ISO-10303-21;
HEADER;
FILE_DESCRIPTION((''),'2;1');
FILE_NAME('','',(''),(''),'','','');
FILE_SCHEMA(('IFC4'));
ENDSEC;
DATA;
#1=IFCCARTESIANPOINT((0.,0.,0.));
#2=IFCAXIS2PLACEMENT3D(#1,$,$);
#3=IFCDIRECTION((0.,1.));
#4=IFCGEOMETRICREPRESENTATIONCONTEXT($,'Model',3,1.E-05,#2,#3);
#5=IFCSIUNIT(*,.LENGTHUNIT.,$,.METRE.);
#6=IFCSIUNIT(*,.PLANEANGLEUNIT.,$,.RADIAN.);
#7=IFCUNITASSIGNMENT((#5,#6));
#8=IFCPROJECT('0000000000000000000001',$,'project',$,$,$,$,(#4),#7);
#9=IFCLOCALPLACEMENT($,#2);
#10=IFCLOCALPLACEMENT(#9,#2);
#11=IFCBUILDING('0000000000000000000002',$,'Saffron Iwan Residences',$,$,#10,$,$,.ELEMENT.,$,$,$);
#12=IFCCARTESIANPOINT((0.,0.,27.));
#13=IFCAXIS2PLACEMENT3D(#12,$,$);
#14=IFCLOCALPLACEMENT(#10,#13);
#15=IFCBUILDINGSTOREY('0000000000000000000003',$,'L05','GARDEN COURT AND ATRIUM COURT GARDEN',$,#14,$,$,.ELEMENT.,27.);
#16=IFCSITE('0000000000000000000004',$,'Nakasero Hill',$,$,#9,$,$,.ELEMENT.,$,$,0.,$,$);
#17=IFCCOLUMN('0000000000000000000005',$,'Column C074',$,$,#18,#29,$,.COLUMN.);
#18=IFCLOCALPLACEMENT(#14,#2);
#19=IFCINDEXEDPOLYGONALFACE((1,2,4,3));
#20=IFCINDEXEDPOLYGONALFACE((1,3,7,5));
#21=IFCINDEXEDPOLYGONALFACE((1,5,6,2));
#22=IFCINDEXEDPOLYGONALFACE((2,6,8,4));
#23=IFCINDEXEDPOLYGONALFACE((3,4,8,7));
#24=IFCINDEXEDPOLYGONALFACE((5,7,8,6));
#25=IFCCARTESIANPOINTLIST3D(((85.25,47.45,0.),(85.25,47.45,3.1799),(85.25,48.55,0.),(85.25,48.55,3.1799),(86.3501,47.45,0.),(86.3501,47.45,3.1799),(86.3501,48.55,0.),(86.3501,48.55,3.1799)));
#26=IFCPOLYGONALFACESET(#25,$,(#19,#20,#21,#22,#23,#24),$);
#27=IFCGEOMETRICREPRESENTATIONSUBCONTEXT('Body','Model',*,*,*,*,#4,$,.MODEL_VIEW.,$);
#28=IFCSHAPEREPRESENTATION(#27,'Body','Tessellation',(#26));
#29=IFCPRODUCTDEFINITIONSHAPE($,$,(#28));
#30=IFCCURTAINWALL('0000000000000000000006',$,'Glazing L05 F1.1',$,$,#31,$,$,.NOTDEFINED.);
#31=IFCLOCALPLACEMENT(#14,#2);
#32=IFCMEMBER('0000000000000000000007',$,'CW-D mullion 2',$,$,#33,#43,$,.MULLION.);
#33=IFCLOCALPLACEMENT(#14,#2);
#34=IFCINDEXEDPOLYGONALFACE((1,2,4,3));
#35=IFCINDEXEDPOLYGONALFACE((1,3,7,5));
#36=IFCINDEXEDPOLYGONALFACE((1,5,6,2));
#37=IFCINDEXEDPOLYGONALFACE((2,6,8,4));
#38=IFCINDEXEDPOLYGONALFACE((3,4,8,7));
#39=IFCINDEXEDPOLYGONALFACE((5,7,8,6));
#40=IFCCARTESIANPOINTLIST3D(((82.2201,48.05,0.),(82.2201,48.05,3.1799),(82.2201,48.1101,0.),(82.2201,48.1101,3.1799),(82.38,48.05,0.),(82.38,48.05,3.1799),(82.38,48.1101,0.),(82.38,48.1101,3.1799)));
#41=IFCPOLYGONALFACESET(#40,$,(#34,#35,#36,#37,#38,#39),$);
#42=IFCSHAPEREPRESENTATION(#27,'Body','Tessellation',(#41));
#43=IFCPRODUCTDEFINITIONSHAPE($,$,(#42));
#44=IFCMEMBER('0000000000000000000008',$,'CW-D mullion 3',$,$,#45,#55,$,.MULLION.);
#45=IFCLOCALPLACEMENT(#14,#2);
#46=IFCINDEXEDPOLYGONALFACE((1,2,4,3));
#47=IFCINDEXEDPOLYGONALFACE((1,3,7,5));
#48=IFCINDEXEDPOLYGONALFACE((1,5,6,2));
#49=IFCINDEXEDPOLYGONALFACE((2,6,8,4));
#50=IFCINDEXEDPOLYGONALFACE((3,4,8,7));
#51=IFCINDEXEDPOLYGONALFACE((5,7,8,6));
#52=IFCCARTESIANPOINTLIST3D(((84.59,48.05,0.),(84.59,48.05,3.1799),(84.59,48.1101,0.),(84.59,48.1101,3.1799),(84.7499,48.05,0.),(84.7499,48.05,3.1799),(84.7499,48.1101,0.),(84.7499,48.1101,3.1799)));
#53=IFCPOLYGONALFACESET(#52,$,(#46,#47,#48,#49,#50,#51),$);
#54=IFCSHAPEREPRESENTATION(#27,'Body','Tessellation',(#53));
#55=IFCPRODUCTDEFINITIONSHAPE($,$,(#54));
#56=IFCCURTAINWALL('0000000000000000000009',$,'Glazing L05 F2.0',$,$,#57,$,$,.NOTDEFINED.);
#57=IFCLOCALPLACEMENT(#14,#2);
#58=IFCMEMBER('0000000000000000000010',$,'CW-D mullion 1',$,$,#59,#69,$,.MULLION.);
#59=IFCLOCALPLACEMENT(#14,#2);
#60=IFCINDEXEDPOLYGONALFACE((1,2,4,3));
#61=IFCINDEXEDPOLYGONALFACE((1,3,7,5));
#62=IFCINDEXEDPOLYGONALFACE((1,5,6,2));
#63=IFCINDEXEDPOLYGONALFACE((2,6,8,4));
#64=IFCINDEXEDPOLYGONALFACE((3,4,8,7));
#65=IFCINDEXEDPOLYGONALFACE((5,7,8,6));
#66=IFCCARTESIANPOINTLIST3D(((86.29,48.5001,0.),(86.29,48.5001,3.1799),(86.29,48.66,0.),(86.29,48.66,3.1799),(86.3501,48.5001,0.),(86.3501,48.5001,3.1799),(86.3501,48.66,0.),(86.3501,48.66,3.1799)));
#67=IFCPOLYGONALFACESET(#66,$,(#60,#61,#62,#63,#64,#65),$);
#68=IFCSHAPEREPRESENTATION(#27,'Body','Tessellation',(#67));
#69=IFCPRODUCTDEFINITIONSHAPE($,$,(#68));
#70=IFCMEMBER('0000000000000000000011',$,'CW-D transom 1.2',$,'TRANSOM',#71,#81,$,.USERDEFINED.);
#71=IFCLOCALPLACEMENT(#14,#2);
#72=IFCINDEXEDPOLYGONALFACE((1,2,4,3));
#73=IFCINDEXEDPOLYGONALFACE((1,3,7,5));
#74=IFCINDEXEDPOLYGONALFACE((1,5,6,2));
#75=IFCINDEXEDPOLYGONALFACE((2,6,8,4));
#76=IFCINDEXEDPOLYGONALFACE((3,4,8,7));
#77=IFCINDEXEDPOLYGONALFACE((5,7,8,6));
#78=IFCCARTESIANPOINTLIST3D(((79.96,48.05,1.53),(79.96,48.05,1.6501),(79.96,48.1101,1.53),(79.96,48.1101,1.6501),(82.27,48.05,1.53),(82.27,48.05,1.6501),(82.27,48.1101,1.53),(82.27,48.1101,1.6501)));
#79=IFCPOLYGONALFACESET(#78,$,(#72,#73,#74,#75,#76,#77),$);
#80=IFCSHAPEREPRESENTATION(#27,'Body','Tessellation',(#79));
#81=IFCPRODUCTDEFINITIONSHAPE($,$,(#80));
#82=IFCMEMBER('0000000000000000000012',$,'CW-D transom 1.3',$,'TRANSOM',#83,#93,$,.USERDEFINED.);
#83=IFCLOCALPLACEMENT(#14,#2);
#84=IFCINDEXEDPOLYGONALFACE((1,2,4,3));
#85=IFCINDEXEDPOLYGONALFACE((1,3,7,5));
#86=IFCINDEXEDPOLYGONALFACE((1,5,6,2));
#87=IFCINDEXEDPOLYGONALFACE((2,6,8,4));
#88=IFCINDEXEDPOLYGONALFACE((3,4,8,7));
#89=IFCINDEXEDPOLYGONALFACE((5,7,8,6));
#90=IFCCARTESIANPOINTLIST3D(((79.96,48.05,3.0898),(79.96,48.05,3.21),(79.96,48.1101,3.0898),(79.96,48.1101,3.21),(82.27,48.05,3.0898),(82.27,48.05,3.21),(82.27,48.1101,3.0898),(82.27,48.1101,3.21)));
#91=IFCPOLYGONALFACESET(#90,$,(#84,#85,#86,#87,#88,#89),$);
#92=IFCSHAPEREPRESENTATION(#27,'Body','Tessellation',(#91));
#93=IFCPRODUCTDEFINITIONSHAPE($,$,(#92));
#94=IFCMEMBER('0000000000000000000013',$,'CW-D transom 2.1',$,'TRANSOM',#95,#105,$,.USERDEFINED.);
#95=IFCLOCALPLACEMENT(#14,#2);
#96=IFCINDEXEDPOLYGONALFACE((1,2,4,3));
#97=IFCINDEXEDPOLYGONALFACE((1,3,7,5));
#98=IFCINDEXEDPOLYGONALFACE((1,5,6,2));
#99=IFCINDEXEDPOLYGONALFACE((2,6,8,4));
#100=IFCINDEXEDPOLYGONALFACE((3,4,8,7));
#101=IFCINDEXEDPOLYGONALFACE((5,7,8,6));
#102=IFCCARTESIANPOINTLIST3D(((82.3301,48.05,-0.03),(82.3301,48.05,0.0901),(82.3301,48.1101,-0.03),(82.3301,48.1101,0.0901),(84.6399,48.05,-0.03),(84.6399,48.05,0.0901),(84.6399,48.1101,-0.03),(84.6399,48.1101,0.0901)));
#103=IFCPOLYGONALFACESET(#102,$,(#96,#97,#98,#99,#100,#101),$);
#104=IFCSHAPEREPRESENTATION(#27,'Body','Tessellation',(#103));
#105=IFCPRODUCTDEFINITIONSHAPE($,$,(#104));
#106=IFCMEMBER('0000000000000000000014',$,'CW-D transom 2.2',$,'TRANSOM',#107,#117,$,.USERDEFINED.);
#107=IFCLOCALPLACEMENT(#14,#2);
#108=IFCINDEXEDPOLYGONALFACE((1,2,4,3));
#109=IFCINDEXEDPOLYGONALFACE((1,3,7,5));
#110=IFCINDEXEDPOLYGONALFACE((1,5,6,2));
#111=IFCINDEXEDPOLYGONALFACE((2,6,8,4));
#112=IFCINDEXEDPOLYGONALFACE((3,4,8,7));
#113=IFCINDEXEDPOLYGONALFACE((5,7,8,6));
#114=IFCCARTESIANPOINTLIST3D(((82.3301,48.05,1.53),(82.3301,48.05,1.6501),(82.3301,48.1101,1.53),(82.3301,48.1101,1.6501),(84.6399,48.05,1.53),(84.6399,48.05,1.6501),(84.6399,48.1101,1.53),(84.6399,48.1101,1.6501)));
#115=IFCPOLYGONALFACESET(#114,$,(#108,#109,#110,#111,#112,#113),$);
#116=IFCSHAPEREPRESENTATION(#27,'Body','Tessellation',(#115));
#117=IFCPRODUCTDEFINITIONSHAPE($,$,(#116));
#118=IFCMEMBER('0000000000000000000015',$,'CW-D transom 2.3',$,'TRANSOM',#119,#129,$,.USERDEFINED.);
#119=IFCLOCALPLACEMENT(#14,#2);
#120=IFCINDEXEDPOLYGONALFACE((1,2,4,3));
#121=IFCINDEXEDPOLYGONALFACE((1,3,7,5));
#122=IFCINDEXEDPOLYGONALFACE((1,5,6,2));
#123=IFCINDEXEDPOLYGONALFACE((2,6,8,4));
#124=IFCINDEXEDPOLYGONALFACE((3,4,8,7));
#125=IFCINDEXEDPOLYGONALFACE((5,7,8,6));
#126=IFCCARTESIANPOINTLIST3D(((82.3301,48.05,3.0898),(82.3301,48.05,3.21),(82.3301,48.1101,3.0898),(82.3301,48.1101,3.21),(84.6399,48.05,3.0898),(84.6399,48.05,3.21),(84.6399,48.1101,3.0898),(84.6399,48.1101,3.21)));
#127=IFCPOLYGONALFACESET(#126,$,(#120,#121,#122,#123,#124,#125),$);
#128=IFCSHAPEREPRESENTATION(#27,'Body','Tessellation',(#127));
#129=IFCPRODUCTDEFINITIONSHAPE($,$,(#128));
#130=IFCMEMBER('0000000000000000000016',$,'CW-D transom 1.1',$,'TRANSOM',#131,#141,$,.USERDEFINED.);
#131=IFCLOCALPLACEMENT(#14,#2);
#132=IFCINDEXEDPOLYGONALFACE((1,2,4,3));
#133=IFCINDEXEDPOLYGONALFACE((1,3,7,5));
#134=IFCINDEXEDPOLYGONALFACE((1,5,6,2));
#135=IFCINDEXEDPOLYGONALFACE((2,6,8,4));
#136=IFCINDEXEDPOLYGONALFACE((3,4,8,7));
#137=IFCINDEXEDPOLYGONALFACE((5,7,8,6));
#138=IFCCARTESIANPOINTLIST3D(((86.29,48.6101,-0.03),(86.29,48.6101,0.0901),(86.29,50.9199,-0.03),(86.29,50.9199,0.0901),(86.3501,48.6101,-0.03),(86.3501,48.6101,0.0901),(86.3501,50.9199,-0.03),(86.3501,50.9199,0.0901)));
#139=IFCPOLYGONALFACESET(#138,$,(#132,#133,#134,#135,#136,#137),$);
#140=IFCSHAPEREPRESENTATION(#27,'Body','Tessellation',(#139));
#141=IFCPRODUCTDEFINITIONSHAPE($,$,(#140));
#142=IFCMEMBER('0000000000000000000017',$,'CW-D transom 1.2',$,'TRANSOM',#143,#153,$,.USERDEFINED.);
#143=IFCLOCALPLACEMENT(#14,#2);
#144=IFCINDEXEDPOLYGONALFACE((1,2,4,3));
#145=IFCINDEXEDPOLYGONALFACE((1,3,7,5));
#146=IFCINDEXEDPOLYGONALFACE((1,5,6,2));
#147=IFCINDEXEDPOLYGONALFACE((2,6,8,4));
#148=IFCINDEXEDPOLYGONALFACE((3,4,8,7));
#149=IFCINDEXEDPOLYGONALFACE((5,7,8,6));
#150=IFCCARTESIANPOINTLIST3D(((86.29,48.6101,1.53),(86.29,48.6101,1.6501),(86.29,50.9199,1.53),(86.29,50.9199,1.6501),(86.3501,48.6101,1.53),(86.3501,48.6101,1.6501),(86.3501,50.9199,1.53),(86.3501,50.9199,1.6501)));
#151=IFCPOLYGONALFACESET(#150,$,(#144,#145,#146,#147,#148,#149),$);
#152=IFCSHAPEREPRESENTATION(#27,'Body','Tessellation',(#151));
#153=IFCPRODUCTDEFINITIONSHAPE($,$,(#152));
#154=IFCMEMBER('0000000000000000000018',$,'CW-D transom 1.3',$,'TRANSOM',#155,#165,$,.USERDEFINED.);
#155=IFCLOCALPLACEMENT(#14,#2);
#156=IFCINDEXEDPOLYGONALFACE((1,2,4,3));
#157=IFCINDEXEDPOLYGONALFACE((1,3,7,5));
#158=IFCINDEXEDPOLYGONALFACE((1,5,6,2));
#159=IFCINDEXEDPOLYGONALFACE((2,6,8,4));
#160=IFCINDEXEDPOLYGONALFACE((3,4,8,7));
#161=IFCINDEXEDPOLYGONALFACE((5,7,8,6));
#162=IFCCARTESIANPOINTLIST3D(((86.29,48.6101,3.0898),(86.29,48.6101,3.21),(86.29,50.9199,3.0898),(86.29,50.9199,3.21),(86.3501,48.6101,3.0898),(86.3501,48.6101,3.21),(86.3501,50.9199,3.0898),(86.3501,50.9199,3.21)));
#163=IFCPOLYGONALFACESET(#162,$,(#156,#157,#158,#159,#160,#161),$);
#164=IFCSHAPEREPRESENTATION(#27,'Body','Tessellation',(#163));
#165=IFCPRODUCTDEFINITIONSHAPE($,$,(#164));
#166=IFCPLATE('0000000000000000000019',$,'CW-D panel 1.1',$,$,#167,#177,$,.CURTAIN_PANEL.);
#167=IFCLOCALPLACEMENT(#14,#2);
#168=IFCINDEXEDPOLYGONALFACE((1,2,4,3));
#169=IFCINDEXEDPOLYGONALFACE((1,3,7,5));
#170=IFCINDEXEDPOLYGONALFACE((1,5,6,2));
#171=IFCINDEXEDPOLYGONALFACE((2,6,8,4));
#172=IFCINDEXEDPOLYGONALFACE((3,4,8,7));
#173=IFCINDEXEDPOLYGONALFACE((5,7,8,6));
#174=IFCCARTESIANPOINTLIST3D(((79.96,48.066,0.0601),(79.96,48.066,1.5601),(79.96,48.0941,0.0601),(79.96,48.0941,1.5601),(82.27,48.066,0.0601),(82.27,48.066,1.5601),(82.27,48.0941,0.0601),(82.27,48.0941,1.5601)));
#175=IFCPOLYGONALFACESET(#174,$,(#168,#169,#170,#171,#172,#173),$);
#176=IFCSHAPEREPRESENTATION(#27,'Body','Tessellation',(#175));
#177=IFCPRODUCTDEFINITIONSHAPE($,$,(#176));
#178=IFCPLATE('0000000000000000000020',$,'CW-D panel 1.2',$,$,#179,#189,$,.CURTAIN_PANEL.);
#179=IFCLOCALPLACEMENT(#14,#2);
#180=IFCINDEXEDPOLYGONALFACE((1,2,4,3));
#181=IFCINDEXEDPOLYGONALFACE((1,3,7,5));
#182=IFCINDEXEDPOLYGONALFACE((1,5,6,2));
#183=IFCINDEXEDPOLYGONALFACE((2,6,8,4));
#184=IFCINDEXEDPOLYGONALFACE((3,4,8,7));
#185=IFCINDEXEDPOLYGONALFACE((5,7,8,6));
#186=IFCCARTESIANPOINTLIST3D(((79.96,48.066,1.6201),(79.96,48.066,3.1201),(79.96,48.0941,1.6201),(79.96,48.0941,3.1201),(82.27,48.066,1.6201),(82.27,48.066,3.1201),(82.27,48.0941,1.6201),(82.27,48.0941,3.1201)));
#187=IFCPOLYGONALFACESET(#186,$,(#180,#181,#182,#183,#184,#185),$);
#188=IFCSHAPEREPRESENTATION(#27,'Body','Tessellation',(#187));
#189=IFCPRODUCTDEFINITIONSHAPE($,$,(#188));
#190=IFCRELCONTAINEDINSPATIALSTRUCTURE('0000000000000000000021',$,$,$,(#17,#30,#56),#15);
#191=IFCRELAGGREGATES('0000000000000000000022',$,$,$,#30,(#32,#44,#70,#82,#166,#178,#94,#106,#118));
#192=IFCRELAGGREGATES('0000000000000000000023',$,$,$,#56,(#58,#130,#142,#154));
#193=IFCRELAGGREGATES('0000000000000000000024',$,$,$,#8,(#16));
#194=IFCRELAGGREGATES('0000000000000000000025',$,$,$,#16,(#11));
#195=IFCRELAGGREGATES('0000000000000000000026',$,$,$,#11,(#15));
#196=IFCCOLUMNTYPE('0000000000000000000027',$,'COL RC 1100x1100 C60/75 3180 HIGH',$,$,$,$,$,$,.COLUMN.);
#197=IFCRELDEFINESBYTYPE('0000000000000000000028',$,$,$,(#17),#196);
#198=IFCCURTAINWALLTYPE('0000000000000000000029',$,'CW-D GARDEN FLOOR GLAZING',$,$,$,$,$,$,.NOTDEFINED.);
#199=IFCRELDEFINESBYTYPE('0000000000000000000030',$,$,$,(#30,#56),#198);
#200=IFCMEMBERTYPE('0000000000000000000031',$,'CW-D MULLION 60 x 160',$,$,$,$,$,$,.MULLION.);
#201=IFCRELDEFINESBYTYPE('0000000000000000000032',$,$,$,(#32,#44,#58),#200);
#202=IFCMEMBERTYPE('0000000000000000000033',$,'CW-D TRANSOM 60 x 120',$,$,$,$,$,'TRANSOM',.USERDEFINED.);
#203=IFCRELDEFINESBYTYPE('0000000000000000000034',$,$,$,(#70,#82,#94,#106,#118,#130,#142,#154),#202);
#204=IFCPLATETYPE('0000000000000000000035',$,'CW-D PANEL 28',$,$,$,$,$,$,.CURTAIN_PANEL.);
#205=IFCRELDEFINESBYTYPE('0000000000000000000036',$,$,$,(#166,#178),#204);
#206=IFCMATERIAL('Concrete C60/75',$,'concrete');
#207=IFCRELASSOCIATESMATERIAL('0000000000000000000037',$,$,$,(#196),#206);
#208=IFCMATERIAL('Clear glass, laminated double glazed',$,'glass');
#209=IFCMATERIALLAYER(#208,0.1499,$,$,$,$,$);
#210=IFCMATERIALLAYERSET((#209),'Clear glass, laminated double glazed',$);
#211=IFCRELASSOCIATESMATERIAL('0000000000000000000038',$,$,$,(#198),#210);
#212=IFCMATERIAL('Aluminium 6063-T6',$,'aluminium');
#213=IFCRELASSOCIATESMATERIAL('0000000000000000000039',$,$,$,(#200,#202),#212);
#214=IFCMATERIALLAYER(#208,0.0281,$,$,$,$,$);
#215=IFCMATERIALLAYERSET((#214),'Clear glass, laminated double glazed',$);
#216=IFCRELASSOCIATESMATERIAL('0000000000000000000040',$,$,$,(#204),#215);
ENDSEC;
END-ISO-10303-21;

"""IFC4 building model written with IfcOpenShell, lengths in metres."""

from ifc_helpers import new_model, si_unit, direction, frame, origin, origin_2d, place, context, subcontext, project, spatial, rectangle, extrude, source, transform, mapped, material, layer, layer_set, material_profile, profile_set, type_object, element, aggregate, save


model = new_model("IFC4")

# Units and contexts
model_context = context("Model", 3, precision=1e-05, world=origin(), true_north=direction((0.0, 1.0)))
body_context = subcontext(model_context, "Body", "Model", "MODEL_VIEW")
ifc_project = project(units=[si_unit("LENGTHUNIT", "METRE"), si_unit("PLANEANGLEUNIT", "RADIAN")], contexts=[model_context])

# Site, building, storey
site_placement = place(None, origin())
site = spatial("IfcSite", under=ifc_project, at=site_placement, Name="Nakasero Hill", CompositionType="ELEMENT", RefElevation=0.0)
building_placement = place(site_placement, origin())
building = spatial("IfcBuilding", under=site, at=building_placement, Name="Saffron Iwan Residences", CompositionType="ELEMENT")
storey_placement = place(building_placement, frame((0.0, 0.0, 27.0)))
storey = spatial("IfcBuildingStorey", under=building, at=storey_placement, Name="L05", Description="GARDEN COURT AND ATRIUM COURT GARDEN", CompositionType="ELEMENT", Elevation=27.0)

# Column
ifc_material_1 = material(Name="Concrete C60/75", Category="concrete")
ifc_material_profile_1 = material_profile(ifc_material_1, rectangle(XDim=1.1001, YDim=1.1001, at=origin_2d()), Name="RC 1100x1100")
ifc_profile_set_1 = profile_set([ifc_material_profile_1], Name="Concrete C60/75")
column_type = type_object("IfcColumnType", Name="COL RC 1100x1100 C60/75 3180 HIGH", PredefinedType="COLUMN", material=ifc_profile_set_1)
shared_shape_1 = source(origin(), body_context, "Body", "SweptSolid", [
    extrude(rectangle(XDim=1.1001, YDim=1.1001, at=origin_2d()), origin(), (0.0, 0.0, 1.0), 3.1799),
])
column_placement = place(storey_placement, frame((85.8, 48.0, 0.0), z_axis=(0.0, 0.0, 1.0), x_axis=(1.0, 0.0, 0.0)))
element("IfcColumn", 1, at=column_placement, inside=storey, type_object=column_type, Name="Column C074", PredefinedType="COLUMN", context=body_context, shape_type="MappedRepresentation", body=[
    mapped(shared_shape_1, transform((0.0, 0.0, 0.0))),
])

# Curtain wall, members
ifc_material_2 = material(Name="Clear glass, laminated double glazed", Category="glass")
ifc_layer_1 = layer(ifc_material_2, 0.1499)
ifc_layer_set_1 = layer_set([ifc_layer_1], Name="Clear glass, laminated double glazed")
curtain_wall_type = type_object("IfcCurtainWallType", Name="CW-D GARDEN FLOOR GLAZING", PredefinedType="NOTDEFINED", material=ifc_layer_set_1)
curtain_wall_1_placement = place(storey_placement, origin())
curtain_wall_1 = element("IfcCurtainWall", 2, at=curtain_wall_1_placement, inside=storey, type_object=curtain_wall_type, Name="Glazing L05 F1.1", PredefinedType="NOTDEFINED")
ifc_material_3 = material(Name="Aluminium 6063-T6", Category="aluminium")
ifc_material_profile_2 = material_profile(ifc_material_3, rectangle(XDim=0.0601, YDim=0.1599, at=origin_2d()), Name="CW-D MULLION 60 x 160")
ifc_profile_set_2 = profile_set([ifc_material_profile_2], Name="Aluminium 6063-T6")
member_type_1 = type_object("IfcMemberType", Name="CW-D MULLION 60 x 160", PredefinedType="MULLION", material=ifc_profile_set_2)
shared_shape_2 = source(origin(), body_context, "Body", "SweptSolid", [
    extrude(rectangle(XDim=0.0601, YDim=0.1599, at=origin_2d()), origin(), (0.0, 0.0, 1.0), 3.1799),
])
member_1_placement = place(storey_placement, frame((82.3, 48.0801, 0.0), z_axis=(0.0, 0.0, 1.0), x_axis=(0.0, 1.0, 0.0)))
member_1 = element("IfcMember", 3, at=member_1_placement, type_object=member_type_1, Name="CW-D mullion 2", PredefinedType="MULLION", context=body_context, shape_type="MappedRepresentation", body=[
    mapped(shared_shape_2, transform((0.0, 0.0, 0.0))),
])
member_2_placement = place(storey_placement, frame((84.6699, 48.0801, 0.0), z_axis=(0.0, 0.0, 1.0), x_axis=(0.0, 1.0, 0.0)))
member_2 = element("IfcMember", 4, at=member_2_placement, type_object=member_type_1, Name="CW-D mullion 3", PredefinedType="MULLION", context=body_context, shape_type="MappedRepresentation", body=[
    mapped(shared_shape_2, transform((0.0, 0.0, 0.0))),
])

# Curtain wall, member
curtain_wall_2_placement = place(storey_placement, origin())
curtain_wall_2 = element("IfcCurtainWall", 5, at=curtain_wall_2_placement, inside=storey, type_object=curtain_wall_type, Name="Glazing L05 F2.0", PredefinedType="NOTDEFINED")
member_3_placement = place(storey_placement, frame((86.3201, 48.5801, 0.0), z_axis=(0.0, 0.0, 1.0), x_axis=(-1.0, 0.0, 0.0)))
member_3 = element("IfcMember", 6, at=member_3_placement, type_object=member_type_1, Name="CW-D mullion 1", PredefinedType="MULLION", context=body_context, shape_type="MappedRepresentation", body=[
    mapped(shared_shape_2, transform((0.0, 0.0, 0.0))),
])

# Members
ifc_material_profile_3 = material_profile(ifc_material_3, rectangle(XDim=0.0601, YDim=0.1201, at=origin_2d()), Name="CW-D TRANSOM 60 x 120")
ifc_profile_set_3 = profile_set([ifc_material_profile_3], Name="Aluminium 6063-T6")
member_type_2 = type_object("IfcMemberType", Name="CW-D TRANSOM 60 x 120", ElementType="TRANSOM", PredefinedType="USERDEFINED", material=ifc_profile_set_3)
shared_shape_3 = source(origin(), body_context, "Body", "SweptSolid", [
    extrude(rectangle(XDim=0.0601, YDim=0.1201, at=origin_2d()), origin(), (0.0, 0.0, 1.0), 2.3101),
])
member_4_placement = place(storey_placement, frame((79.96, 48.0801, 1.5901), z_axis=(1.0, 0.0, 0.0), x_axis=(0.0, 1.0, 0.0)))
member_4 = element("IfcMember", 7, at=member_4_placement, type_object=member_type_2, Name="CW-D transom 1.2", ObjectType="TRANSOM", PredefinedType="USERDEFINED", context=body_context, shape_type="MappedRepresentation", body=[
    mapped(shared_shape_3, transform((0.0, 0.0, 0.0))),
])
member_5_placement = place(storey_placement, frame((79.96, 48.0801, 3.1499), z_axis=(1.0, 0.0, 0.0), x_axis=(0.0, 1.0, 0.0)))
member_5 = element("IfcMember", 8, at=member_5_placement, type_object=member_type_2, Name="CW-D transom 1.3", ObjectType="TRANSOM", PredefinedType="USERDEFINED", context=body_context, shape_type="MappedRepresentation", body=[
    mapped(shared_shape_3, transform((0.0, 0.0, 0.0))),
])
shared_shape_4 = source(origin(), body_context, "Body", "SweptSolid", [
    extrude(rectangle(XDim=0.0601, YDim=0.1201, at=origin_2d()), origin(), (0.0, 0.0, 1.0), 2.3098),
])
member_6_placement = place(storey_placement, frame((82.3301, 48.0801, 0.03), z_axis=(1.0, 0.0, 0.0), x_axis=(0.0, 1.0, 0.0)))
member_6 = element("IfcMember", 9, at=member_6_placement, type_object=member_type_2, Name="CW-D transom 2.1", ObjectType="TRANSOM", PredefinedType="USERDEFINED", context=body_context, shape_type="MappedRepresentation", body=[
    mapped(shared_shape_4, transform((0.0, 0.0, 0.0))),
])
member_7_placement = place(storey_placement, frame((82.3301, 48.0801, 1.5901), z_axis=(1.0, 0.0, 0.0), x_axis=(0.0, 1.0, 0.0)))
member_7 = element("IfcMember", 10, at=member_7_placement, type_object=member_type_2, Name="CW-D transom 2.2", ObjectType="TRANSOM", PredefinedType="USERDEFINED", context=body_context, shape_type="MappedRepresentation", body=[
    mapped(shared_shape_4, transform((0.0, 0.0, 0.0))),
])
member_8_placement = place(storey_placement, frame((82.3301, 48.0801, 3.1499), z_axis=(1.0, 0.0, 0.0), x_axis=(0.0, 1.0, 0.0)))
member_8 = element("IfcMember", 11, at=member_8_placement, type_object=member_type_2, Name="CW-D transom 2.3", ObjectType="TRANSOM", PredefinedType="USERDEFINED", context=body_context, shape_type="MappedRepresentation", body=[
    mapped(shared_shape_4, transform((0.0, 0.0, 0.0))),
])
member_9_placement = place(storey_placement, frame((86.3201, 48.6101, 0.03), z_axis=(0.0, 1.0, 0.0), x_axis=(-1.0, 0.0, 0.0)))
member_9 = element("IfcMember", 12, at=member_9_placement, type_object=member_type_2, Name="CW-D transom 1.1", ObjectType="TRANSOM", PredefinedType="USERDEFINED", context=body_context, shape_type="MappedRepresentation", body=[
    mapped(shared_shape_4, transform((0.0, 0.0, 0.0))),
])
member_10_placement = place(storey_placement, frame((86.3201, 48.6101, 1.5901), z_axis=(0.0, 1.0, 0.0), x_axis=(-1.0, 0.0, 0.0)))
member_10 = element("IfcMember", 13, at=member_10_placement, type_object=member_type_2, Name="CW-D transom 1.2", ObjectType="TRANSOM", PredefinedType="USERDEFINED", context=body_context, shape_type="MappedRepresentation", body=[
    mapped(shared_shape_4, transform((0.0, 0.0, 0.0))),
])
member_11_placement = place(storey_placement, frame((86.3201, 48.6101, 3.1499), z_axis=(0.0, 1.0, 0.0), x_axis=(-1.0, 0.0, 0.0)))
member_11 = element("IfcMember", 14, at=member_11_placement, type_object=member_type_2, Name="CW-D transom 1.3", ObjectType="TRANSOM", PredefinedType="USERDEFINED", context=body_context, shape_type="MappedRepresentation", body=[
    mapped(shared_shape_4, transform((0.0, 0.0, 0.0))),
])

# Plates
ifc_layer_2 = layer(ifc_material_2, 0.0281)
ifc_layer_set_2 = layer_set([ifc_layer_2], Name="Clear glass, laminated double glazed")
plate_type = type_object("IfcPlateType", Name="CW-D PANEL 28", PredefinedType="CURTAIN_PANEL", material=ifc_layer_set_2)
shared_shape_5 = source(origin(), body_context, "Body", "SweptSolid", [
    extrude(rectangle(XDim=2.3101, YDim=0.0281, at=origin_2d()), origin(), (0.0, 0.0, 1.0), 1.5),
])
plate_1_placement = place(storey_placement, frame((81.115, 48.0801, 0.0601), z_axis=(0.0, 0.0, 1.0), x_axis=(1.0, 0.0, 0.0)))
plate_1 = element("IfcPlate", 15, at=plate_1_placement, type_object=plate_type, Name="CW-D panel 1.1", PredefinedType="CURTAIN_PANEL", context=body_context, shape_type="MappedRepresentation", body=[
    mapped(shared_shape_5, transform((0.0, 0.0, 0.0))),
])
plate_2_placement = place(storey_placement, frame((81.115, 48.0801, 1.6201), z_axis=(0.0, 0.0, 1.0), x_axis=(1.0, 0.0, 0.0)))
plate_2 = element("IfcPlate", 16, at=plate_2_placement, type_object=plate_type, Name="CW-D panel 1.2", PredefinedType="CURTAIN_PANEL", context=body_context, shape_type="MappedRepresentation", body=[
    mapped(shared_shape_5, transform((0.0, 0.0, 0.0))),
])
aggregate(curtain_wall_1, [member_1, member_2, member_4, member_5, plate_1, plate_2, member_6, member_7, member_8])
aggregate(curtain_wall_2, [member_3, member_9, member_10, member_11])

save(model, "model.ifc")
